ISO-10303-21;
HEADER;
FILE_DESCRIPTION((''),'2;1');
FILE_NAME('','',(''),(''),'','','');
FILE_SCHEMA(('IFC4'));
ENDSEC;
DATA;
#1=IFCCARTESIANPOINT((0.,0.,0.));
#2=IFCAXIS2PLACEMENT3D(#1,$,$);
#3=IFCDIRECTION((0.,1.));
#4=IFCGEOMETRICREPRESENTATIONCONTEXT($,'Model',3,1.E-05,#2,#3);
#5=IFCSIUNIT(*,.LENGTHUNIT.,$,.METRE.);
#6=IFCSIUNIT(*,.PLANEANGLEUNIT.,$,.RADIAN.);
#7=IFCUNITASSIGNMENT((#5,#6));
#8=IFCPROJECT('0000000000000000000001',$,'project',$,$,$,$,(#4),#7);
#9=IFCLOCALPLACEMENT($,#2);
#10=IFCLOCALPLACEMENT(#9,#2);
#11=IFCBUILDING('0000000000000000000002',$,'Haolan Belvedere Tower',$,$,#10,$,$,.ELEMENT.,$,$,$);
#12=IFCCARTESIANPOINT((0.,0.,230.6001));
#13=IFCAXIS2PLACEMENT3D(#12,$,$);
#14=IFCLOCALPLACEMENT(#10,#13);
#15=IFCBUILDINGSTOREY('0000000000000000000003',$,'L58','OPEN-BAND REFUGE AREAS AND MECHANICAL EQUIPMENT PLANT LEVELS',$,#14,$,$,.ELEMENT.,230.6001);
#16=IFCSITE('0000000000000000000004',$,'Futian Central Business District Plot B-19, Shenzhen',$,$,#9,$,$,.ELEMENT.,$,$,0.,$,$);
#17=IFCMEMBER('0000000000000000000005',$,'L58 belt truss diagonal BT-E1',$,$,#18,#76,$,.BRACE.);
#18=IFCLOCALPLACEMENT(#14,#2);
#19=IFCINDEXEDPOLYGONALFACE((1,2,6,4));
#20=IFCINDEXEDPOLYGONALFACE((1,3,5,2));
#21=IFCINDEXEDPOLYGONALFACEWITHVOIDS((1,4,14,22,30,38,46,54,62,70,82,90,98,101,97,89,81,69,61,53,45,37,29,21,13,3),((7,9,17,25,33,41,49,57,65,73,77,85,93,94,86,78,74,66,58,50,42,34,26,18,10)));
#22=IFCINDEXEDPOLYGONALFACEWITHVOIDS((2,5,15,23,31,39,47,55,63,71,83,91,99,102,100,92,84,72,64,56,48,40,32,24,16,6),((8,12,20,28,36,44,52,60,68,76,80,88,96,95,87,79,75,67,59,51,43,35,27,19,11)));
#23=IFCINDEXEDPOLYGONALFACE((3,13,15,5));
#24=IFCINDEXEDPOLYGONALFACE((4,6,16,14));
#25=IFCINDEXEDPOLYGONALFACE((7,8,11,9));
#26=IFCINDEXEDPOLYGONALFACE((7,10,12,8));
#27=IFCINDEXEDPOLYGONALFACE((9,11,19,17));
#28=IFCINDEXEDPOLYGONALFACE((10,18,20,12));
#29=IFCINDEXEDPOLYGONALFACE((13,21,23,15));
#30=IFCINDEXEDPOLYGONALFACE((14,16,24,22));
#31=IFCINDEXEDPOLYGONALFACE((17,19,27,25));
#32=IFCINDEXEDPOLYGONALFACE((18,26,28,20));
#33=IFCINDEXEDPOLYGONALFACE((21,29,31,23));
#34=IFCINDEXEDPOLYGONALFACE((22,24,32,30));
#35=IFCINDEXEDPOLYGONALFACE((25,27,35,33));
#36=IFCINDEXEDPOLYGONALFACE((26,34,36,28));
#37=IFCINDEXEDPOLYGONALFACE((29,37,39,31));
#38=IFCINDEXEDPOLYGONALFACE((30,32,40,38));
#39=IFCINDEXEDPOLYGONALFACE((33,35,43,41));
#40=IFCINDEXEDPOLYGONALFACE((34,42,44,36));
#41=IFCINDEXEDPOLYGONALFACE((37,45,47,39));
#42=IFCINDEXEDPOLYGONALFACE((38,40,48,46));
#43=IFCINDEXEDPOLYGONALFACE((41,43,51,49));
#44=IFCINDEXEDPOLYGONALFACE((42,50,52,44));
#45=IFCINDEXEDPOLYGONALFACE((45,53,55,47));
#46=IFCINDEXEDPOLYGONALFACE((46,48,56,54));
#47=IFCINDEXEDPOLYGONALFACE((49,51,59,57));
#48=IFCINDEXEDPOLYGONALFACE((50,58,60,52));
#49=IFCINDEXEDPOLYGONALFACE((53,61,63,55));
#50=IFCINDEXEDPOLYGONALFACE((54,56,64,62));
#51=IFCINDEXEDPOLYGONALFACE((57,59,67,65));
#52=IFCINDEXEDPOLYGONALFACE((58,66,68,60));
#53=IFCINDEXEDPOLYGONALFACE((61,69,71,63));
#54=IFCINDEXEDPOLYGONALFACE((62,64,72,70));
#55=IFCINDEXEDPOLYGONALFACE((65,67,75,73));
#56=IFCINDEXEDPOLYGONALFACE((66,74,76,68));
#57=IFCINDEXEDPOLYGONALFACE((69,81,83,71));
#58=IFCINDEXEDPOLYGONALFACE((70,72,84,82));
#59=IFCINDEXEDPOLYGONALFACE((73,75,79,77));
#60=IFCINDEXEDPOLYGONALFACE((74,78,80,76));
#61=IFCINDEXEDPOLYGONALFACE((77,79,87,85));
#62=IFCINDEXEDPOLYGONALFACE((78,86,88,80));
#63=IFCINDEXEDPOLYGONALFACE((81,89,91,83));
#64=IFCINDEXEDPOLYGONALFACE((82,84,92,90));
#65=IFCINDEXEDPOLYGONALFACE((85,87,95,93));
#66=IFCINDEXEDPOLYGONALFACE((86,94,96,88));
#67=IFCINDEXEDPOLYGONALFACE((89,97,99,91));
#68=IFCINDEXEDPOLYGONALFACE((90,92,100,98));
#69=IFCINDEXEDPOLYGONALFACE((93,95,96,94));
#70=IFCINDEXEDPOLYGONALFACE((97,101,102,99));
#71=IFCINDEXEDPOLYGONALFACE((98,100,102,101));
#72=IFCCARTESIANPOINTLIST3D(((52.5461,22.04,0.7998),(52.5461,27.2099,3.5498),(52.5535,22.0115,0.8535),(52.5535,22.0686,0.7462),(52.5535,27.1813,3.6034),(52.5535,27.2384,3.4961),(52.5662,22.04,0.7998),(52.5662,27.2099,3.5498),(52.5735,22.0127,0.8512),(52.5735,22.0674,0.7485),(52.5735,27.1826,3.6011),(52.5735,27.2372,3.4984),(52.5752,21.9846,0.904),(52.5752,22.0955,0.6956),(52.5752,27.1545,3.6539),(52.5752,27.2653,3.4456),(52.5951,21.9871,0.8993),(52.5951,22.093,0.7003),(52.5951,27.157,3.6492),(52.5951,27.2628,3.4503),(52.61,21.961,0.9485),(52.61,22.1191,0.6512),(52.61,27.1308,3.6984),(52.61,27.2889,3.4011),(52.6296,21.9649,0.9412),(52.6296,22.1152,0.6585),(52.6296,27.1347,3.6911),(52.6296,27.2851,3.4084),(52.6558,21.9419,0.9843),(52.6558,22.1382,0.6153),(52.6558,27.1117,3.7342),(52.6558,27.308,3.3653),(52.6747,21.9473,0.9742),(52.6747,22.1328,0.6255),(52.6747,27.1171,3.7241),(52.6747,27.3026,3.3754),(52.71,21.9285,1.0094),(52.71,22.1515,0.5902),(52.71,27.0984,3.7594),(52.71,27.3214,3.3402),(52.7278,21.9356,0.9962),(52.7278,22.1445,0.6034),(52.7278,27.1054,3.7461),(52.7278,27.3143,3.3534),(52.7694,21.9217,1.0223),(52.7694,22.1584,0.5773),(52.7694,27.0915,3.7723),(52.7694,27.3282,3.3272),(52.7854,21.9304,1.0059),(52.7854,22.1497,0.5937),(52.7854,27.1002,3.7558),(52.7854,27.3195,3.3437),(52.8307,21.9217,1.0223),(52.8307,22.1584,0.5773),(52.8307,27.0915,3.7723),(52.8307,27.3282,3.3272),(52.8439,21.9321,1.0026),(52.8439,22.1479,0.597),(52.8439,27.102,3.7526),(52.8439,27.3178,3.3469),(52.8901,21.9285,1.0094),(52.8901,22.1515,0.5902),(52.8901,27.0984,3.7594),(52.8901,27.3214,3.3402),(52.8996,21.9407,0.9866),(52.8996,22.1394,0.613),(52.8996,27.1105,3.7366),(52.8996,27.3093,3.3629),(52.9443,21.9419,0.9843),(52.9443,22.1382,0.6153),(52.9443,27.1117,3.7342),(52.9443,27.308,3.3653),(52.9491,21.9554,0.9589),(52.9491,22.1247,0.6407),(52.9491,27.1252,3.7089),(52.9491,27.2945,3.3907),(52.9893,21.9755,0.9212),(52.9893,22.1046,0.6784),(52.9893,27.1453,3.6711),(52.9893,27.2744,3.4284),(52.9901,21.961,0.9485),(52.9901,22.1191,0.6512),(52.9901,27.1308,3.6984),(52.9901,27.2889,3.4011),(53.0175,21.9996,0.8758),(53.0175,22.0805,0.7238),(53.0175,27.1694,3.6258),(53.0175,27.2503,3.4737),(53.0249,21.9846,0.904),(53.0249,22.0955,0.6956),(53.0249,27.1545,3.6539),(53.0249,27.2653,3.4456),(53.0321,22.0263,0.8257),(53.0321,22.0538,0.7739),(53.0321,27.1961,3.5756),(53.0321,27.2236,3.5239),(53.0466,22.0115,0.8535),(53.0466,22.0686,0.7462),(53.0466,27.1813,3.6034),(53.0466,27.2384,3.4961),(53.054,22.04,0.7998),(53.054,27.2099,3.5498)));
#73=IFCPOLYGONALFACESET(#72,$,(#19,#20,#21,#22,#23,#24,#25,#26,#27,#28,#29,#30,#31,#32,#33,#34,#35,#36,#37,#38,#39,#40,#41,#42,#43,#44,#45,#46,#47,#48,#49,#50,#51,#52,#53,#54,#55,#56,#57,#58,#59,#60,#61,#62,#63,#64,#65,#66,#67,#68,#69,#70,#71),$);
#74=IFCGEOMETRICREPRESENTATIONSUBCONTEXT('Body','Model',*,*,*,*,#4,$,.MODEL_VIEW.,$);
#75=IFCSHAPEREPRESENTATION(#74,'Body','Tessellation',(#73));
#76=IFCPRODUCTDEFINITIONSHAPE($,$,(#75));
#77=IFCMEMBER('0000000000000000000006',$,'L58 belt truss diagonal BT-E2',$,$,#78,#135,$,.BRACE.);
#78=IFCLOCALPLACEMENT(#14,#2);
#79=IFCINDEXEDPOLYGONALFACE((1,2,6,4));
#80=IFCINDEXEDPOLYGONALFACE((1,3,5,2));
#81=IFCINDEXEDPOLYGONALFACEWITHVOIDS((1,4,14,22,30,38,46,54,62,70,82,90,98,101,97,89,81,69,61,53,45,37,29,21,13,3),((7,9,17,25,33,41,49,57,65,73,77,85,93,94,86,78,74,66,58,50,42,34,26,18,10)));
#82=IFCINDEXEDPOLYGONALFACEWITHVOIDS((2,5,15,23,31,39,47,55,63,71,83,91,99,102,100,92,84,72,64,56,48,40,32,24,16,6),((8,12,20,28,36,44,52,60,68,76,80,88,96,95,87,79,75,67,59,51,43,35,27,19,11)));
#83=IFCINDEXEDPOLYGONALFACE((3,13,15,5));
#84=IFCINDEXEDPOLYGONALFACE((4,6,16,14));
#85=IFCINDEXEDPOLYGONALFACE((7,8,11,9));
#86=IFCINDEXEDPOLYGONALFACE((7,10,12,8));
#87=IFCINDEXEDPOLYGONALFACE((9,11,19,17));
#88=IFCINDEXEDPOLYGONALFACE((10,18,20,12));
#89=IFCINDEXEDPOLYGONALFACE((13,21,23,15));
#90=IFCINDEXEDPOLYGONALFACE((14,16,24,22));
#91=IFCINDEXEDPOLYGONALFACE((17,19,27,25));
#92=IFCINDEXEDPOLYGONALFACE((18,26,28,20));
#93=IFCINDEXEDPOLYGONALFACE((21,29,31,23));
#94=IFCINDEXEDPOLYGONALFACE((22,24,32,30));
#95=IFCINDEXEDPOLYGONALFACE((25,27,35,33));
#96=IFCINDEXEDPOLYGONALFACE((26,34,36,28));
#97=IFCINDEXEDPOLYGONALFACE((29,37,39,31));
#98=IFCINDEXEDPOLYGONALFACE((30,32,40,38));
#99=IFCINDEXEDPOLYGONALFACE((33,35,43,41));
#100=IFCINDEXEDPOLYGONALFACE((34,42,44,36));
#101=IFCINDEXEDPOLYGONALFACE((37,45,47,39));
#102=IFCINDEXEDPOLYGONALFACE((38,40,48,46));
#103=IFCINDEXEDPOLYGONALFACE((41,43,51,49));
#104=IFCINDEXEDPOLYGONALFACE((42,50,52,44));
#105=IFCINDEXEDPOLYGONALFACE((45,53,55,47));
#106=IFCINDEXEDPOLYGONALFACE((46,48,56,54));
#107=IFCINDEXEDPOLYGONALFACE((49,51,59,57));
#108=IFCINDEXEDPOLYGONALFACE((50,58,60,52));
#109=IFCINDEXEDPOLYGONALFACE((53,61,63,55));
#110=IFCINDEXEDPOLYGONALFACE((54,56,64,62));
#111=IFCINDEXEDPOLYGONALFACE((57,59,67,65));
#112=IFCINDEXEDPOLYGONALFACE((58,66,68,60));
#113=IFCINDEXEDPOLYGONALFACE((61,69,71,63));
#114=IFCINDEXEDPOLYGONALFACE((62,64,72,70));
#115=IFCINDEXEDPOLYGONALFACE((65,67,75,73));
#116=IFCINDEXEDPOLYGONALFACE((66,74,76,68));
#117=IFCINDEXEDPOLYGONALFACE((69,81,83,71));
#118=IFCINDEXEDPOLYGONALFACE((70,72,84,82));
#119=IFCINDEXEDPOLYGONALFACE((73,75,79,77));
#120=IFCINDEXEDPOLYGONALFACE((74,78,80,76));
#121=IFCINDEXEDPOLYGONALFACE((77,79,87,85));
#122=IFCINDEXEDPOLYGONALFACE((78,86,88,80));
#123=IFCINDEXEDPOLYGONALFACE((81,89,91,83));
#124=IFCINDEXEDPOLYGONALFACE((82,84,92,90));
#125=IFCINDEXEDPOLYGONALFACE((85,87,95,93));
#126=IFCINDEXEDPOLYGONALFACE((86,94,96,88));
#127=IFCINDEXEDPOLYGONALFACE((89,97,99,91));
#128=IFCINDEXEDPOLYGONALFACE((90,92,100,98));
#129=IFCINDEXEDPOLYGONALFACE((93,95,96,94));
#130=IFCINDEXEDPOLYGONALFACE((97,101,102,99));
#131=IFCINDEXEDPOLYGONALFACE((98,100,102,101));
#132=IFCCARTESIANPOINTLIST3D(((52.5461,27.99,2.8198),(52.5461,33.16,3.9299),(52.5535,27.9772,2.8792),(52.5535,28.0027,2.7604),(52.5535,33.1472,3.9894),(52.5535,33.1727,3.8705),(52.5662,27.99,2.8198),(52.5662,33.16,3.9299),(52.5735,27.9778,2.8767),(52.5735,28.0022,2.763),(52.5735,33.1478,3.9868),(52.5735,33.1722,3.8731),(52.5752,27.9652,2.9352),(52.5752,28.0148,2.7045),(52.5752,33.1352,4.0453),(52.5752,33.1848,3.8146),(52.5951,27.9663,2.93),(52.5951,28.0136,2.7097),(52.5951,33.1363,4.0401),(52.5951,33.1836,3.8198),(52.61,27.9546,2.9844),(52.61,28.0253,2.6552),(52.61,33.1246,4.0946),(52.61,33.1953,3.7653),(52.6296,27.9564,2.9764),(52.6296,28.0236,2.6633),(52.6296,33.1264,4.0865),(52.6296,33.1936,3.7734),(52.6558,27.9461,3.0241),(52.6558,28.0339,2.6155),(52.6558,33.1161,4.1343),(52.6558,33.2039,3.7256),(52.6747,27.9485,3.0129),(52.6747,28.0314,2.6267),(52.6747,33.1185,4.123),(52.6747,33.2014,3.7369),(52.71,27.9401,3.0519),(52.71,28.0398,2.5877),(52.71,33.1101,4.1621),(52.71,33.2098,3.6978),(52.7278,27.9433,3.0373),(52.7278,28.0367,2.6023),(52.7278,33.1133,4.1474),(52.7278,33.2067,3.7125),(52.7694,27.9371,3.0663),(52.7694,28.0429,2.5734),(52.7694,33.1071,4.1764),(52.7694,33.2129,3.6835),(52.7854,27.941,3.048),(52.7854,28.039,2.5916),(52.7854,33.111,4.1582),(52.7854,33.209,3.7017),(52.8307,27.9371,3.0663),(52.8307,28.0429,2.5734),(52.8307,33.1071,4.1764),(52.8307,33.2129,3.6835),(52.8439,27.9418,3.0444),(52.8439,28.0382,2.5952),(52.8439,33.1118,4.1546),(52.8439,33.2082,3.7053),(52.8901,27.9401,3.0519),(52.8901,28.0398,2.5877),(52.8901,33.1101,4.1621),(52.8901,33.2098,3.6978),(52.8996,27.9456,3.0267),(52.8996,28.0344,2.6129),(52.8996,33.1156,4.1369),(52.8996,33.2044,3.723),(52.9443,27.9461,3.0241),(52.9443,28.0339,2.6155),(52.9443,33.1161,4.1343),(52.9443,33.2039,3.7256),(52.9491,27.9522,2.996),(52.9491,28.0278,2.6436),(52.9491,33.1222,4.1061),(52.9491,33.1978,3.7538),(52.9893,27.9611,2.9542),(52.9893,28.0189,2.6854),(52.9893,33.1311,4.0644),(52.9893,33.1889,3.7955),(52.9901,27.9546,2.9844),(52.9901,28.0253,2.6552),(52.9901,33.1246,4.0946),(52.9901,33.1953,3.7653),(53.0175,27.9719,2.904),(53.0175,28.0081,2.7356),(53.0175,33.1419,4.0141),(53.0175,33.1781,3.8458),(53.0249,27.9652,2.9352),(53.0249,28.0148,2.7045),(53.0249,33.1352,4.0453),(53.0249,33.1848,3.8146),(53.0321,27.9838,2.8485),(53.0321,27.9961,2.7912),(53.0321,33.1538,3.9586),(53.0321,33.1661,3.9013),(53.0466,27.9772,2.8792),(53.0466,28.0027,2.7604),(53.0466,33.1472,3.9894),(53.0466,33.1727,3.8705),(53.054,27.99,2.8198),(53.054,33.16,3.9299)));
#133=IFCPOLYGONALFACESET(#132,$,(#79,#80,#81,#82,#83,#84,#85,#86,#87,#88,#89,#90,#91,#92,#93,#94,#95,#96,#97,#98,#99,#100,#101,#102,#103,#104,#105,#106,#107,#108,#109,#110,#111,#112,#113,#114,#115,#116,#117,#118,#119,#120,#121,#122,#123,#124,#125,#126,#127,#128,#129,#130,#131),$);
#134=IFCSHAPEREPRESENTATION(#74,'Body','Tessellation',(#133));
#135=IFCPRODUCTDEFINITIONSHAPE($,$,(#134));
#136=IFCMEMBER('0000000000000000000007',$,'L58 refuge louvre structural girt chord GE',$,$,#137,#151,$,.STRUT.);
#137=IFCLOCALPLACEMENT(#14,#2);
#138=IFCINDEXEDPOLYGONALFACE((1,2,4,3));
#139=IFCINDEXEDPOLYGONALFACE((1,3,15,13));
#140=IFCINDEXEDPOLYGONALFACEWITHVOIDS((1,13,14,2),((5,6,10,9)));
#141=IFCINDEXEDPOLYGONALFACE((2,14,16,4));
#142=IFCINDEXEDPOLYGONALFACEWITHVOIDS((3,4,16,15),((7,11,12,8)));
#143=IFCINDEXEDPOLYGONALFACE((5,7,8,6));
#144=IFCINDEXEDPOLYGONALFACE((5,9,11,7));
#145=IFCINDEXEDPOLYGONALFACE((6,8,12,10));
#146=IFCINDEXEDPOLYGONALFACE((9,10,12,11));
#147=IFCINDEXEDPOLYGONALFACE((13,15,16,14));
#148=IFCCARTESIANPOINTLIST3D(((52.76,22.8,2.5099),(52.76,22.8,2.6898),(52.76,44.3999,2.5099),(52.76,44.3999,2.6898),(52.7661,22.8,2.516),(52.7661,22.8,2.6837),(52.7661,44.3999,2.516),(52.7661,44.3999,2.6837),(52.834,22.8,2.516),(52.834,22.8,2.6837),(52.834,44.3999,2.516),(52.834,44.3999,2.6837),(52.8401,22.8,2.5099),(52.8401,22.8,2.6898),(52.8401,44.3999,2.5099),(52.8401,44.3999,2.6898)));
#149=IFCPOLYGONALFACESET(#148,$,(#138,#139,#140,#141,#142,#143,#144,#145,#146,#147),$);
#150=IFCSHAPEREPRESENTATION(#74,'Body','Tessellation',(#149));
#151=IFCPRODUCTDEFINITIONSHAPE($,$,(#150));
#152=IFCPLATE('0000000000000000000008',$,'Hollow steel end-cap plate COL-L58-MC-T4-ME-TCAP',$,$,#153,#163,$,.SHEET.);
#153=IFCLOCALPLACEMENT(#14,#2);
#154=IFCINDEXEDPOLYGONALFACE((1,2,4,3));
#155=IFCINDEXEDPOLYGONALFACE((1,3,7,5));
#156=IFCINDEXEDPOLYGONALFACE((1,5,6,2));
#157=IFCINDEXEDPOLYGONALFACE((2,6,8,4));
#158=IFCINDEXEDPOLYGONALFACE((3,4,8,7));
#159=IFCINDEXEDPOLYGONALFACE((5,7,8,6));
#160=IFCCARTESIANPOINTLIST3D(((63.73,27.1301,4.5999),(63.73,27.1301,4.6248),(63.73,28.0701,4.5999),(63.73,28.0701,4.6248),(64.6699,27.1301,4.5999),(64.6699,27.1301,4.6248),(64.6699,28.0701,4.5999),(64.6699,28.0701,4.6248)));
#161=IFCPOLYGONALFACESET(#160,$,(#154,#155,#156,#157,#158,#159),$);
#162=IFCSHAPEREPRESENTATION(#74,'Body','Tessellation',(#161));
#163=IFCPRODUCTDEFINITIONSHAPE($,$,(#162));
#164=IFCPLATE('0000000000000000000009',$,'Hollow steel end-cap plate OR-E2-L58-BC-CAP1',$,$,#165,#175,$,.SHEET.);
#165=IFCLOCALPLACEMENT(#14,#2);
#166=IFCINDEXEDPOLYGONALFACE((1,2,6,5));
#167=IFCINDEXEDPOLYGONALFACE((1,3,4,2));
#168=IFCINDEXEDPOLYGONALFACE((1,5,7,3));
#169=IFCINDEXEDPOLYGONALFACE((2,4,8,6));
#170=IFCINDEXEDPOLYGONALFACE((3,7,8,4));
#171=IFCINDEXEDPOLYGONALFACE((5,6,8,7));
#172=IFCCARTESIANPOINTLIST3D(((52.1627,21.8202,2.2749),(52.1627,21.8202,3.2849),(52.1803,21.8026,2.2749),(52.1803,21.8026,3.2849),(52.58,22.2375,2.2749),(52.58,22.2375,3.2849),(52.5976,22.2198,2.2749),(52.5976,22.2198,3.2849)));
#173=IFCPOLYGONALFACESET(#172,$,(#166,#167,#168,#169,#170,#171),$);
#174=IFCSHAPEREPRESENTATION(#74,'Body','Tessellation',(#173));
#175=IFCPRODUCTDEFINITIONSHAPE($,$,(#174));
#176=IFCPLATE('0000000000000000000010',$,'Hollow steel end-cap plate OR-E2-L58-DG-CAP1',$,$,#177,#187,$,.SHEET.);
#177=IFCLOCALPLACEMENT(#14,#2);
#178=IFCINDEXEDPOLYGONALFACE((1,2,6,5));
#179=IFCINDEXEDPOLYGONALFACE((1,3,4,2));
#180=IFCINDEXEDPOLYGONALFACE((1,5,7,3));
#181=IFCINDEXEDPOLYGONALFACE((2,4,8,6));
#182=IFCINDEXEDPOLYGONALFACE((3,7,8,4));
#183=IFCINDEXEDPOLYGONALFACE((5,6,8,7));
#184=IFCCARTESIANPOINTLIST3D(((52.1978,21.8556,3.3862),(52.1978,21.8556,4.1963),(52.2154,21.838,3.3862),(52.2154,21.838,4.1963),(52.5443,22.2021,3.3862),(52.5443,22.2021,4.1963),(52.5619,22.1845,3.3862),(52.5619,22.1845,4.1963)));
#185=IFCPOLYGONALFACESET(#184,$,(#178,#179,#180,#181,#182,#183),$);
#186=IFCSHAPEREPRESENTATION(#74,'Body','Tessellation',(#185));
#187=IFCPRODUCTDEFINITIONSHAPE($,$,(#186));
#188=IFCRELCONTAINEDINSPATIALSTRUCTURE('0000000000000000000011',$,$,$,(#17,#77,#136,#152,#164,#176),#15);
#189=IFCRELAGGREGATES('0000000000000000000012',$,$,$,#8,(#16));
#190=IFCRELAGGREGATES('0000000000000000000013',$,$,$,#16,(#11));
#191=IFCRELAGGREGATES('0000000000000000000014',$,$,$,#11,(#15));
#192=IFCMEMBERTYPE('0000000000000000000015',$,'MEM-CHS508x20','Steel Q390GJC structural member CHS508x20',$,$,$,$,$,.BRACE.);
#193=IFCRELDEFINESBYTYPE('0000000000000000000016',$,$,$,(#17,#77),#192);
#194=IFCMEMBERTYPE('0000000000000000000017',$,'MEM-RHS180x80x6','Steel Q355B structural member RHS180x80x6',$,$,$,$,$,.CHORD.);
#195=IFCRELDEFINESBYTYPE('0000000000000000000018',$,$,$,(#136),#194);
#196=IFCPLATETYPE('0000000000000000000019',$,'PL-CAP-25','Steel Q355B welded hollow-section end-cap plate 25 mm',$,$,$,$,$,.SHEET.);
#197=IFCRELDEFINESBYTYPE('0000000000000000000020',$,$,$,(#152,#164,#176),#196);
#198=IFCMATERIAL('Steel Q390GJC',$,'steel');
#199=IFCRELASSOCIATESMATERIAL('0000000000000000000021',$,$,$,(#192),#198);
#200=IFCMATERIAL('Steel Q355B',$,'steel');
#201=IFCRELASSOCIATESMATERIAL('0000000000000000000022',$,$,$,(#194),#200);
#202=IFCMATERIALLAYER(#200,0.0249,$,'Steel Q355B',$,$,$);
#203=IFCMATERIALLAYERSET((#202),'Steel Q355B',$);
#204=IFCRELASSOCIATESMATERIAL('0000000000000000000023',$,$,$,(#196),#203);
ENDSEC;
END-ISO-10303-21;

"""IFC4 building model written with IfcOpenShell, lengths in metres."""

from ifc_helpers import new_model, si_unit, direction, frame, origin, origin_2d, place, context, subcontext, project, spatial, rectangle, hollow_rectangle, hollow_circle, extrude, material, layer, layer_set, material_profile, profile_set, type_object, element, save


model = new_model("IFC4")

# Units and contexts
model_context = context("Model", 3, precision=1e-05, world=origin(), true_north=direction((0.0, 1.0)))
body_context = subcontext(model_context, "Body", "Model", "MODEL_VIEW")
ifc_project = project(units=[si_unit("LENGTHUNIT", "METRE"), si_unit("PLANEANGLEUNIT", "RADIAN")], contexts=[model_context])

# Site, building, storey
site_placement = place(None, origin())
site = spatial("IfcSite", under=ifc_project, at=site_placement, Name="Futian Central Business District Plot B-19, Shenzhen", CompositionType="ELEMENT", RefElevation=0.0)
building_placement = place(site_placement, origin())
building = spatial("IfcBuilding", under=site, at=building_placement, Name="Haolan Belvedere Tower", CompositionType="ELEMENT")
storey_placement = place(building_placement, frame((0.0, 0.0, 230.6001)))
storey = spatial("IfcBuildingStorey", under=building, at=storey_placement, Name="L58", Description="OPEN-BAND REFUGE AREAS AND MECHANICAL EQUIPMENT PLANT LEVELS", CompositionType="ELEMENT", Elevation=230.6001)

# Shared definitions
ifc_material_1 = material(Name="Steel Q390GJC", Category="steel")

# Shared definitions
ifc_material_2 = material(Name="Steel Q355B", Category="steel")

# Members
ifc_material_profile_1 = material_profile(ifc_material_1, hollow_circle(Radius=0.2539, WallThickness=0.02, at=origin_2d()), Name="Steel Q390GJC")
ifc_profile_set_1 = profile_set([ifc_material_profile_1], Name="Steel Q390GJC")
member_type_1 = type_object("IfcMemberType", Name="MEM-CHS508x20", Description="Steel Q390GJC structural member CHS508x20", PredefinedType="BRACE", material=ifc_profile_set_1)
member_1_placement = place(storey_placement, frame((52.8, 22.04, 0.7998), z_axis=(0.0, 0.882869, 0.469619), x_axis=(-1.0, 0.0, 0.0)))
element("IfcMember", 1, at=member_1_placement, inside=storey, type_object=member_type_1, Name="L58 belt truss diagonal BT-E1", PredefinedType="BRACE", context=body_context, shape_type="SweptSolid", body=[
    extrude(hollow_circle(Radius=0.2539, WallThickness=0.02, at=origin_2d()), origin(), (0.0, 0.0, 1.0), 5.8557),
])
member_2_placement = place(storey_placement, frame((52.8, 27.99, 2.8198), z_axis=(0.0, 0.977714, 0.209939), x_axis=(-1.0, 0.0, 0.0)))
element("IfcMember", 2, at=member_2_placement, inside=storey, type_object=member_type_1, Name="L58 belt truss diagonal BT-E2", PredefinedType="BRACE", context=body_context, shape_type="SweptSolid", body=[
    extrude(hollow_circle(Radius=0.2539, WallThickness=0.02, at=origin_2d()), origin(), (0.0, 0.0, 1.0), 5.2878),
])
ifc_material_profile_2 = material_profile(ifc_material_2, hollow_rectangle(XDim=0.0801, YDim=0.1799, WallThickness=0.0061, at=origin_2d()), Name="Steel Q355B")
ifc_profile_set_2 = profile_set([ifc_material_profile_2], Name="Steel Q355B")
member_type_2 = type_object("IfcMemberType", Name="MEM-RHS180x80x6", Description="Steel Q355B structural member RHS180x80x6", PredefinedType="CHORD", material=ifc_profile_set_2)
member_3_placement = place(storey_placement, frame((52.8, 22.8, 2.5999), z_axis=(0.0, 1.0, 0.0), x_axis=(-1.0, 0.0, 0.0)))
element("IfcMember", 3, at=member_3_placement, inside=storey, type_object=member_type_2, Name="L58 refuge louvre structural girt chord GE", PredefinedType="STRUT", context=body_context, shape_type="SweptSolid", body=[
    extrude(hollow_rectangle(XDim=0.0801, YDim=0.1799, WallThickness=0.0061, at=origin_2d()), origin(), (0.0, 0.0, 1.0), 21.5999),
])

# Plates
ifc_layer_1 = layer(ifc_material_2, 0.0249, Name="Steel Q355B")
ifc_layer_set_1 = layer_set([ifc_layer_1], Name="Steel Q355B")
plate_type_1 = type_object("IfcPlateType", Name="PL-CAP-25", Description="Steel Q355B welded hollow-section end-cap plate 25 mm", PredefinedType="SHEET", material=ifc_layer_set_1)
plate_1_placement = place(storey_placement, frame((64.2, 27.6001, 4.5999), z_axis=(0.0, 0.0, 1.0), x_axis=(1.0, 0.0, 0.0)))
element("IfcPlate", 4, at=plate_1_placement, inside=storey, type_object=plate_type_1, Name="Hollow steel end-cap plate COL-L58-MC-T4-ME-TCAP", PredefinedType="SHEET", context=body_context, shape_type="SweptSolid", body=[
    extrude(rectangle(XDim=0.9399, YDim=0.9399, at=origin_2d()), origin(), (0.0, 0.0, 1.0), 0.0249),
])
plate_2_placement = place(storey_placement, frame((52.3801, 22.02, 2.2749), z_axis=(0.0, 0.0, 1.0), x_axis=(0.707107, 0.707107, 0.0)))
element("IfcPlate", 5, at=plate_2_placement, inside=storey, type_object=plate_type_1, Name="Hollow steel end-cap plate OR-E2-L58-BC-CAP1", PredefinedType="SHEET", context=body_context, shape_type="SweptSolid", body=[
    extrude(rectangle(XDim=0.5901, YDim=0.0249, at=origin_2d()), origin(), (0.0, 0.0, 1.0), 1.01),
])
plate_3_placement = place(storey_placement, frame((52.3799, 22.02, 3.3862), z_axis=(0.0, 0.0, 1.0), x_axis=(0.707107, 0.707107, 0.0)))
element("IfcPlate", 6, at=plate_3_placement, inside=storey, type_object=plate_type_1, Name="Hollow steel end-cap plate OR-E2-L58-DG-CAP1", PredefinedType="SHEET", context=body_context, shape_type="SweptSolid", body=[
    extrude(rectangle(XDim=0.49, YDim=0.0249, at=origin_2d()), origin(), (0.0, 0.0, 1.0), 0.8101),
])

save(model, "model.ifc")
